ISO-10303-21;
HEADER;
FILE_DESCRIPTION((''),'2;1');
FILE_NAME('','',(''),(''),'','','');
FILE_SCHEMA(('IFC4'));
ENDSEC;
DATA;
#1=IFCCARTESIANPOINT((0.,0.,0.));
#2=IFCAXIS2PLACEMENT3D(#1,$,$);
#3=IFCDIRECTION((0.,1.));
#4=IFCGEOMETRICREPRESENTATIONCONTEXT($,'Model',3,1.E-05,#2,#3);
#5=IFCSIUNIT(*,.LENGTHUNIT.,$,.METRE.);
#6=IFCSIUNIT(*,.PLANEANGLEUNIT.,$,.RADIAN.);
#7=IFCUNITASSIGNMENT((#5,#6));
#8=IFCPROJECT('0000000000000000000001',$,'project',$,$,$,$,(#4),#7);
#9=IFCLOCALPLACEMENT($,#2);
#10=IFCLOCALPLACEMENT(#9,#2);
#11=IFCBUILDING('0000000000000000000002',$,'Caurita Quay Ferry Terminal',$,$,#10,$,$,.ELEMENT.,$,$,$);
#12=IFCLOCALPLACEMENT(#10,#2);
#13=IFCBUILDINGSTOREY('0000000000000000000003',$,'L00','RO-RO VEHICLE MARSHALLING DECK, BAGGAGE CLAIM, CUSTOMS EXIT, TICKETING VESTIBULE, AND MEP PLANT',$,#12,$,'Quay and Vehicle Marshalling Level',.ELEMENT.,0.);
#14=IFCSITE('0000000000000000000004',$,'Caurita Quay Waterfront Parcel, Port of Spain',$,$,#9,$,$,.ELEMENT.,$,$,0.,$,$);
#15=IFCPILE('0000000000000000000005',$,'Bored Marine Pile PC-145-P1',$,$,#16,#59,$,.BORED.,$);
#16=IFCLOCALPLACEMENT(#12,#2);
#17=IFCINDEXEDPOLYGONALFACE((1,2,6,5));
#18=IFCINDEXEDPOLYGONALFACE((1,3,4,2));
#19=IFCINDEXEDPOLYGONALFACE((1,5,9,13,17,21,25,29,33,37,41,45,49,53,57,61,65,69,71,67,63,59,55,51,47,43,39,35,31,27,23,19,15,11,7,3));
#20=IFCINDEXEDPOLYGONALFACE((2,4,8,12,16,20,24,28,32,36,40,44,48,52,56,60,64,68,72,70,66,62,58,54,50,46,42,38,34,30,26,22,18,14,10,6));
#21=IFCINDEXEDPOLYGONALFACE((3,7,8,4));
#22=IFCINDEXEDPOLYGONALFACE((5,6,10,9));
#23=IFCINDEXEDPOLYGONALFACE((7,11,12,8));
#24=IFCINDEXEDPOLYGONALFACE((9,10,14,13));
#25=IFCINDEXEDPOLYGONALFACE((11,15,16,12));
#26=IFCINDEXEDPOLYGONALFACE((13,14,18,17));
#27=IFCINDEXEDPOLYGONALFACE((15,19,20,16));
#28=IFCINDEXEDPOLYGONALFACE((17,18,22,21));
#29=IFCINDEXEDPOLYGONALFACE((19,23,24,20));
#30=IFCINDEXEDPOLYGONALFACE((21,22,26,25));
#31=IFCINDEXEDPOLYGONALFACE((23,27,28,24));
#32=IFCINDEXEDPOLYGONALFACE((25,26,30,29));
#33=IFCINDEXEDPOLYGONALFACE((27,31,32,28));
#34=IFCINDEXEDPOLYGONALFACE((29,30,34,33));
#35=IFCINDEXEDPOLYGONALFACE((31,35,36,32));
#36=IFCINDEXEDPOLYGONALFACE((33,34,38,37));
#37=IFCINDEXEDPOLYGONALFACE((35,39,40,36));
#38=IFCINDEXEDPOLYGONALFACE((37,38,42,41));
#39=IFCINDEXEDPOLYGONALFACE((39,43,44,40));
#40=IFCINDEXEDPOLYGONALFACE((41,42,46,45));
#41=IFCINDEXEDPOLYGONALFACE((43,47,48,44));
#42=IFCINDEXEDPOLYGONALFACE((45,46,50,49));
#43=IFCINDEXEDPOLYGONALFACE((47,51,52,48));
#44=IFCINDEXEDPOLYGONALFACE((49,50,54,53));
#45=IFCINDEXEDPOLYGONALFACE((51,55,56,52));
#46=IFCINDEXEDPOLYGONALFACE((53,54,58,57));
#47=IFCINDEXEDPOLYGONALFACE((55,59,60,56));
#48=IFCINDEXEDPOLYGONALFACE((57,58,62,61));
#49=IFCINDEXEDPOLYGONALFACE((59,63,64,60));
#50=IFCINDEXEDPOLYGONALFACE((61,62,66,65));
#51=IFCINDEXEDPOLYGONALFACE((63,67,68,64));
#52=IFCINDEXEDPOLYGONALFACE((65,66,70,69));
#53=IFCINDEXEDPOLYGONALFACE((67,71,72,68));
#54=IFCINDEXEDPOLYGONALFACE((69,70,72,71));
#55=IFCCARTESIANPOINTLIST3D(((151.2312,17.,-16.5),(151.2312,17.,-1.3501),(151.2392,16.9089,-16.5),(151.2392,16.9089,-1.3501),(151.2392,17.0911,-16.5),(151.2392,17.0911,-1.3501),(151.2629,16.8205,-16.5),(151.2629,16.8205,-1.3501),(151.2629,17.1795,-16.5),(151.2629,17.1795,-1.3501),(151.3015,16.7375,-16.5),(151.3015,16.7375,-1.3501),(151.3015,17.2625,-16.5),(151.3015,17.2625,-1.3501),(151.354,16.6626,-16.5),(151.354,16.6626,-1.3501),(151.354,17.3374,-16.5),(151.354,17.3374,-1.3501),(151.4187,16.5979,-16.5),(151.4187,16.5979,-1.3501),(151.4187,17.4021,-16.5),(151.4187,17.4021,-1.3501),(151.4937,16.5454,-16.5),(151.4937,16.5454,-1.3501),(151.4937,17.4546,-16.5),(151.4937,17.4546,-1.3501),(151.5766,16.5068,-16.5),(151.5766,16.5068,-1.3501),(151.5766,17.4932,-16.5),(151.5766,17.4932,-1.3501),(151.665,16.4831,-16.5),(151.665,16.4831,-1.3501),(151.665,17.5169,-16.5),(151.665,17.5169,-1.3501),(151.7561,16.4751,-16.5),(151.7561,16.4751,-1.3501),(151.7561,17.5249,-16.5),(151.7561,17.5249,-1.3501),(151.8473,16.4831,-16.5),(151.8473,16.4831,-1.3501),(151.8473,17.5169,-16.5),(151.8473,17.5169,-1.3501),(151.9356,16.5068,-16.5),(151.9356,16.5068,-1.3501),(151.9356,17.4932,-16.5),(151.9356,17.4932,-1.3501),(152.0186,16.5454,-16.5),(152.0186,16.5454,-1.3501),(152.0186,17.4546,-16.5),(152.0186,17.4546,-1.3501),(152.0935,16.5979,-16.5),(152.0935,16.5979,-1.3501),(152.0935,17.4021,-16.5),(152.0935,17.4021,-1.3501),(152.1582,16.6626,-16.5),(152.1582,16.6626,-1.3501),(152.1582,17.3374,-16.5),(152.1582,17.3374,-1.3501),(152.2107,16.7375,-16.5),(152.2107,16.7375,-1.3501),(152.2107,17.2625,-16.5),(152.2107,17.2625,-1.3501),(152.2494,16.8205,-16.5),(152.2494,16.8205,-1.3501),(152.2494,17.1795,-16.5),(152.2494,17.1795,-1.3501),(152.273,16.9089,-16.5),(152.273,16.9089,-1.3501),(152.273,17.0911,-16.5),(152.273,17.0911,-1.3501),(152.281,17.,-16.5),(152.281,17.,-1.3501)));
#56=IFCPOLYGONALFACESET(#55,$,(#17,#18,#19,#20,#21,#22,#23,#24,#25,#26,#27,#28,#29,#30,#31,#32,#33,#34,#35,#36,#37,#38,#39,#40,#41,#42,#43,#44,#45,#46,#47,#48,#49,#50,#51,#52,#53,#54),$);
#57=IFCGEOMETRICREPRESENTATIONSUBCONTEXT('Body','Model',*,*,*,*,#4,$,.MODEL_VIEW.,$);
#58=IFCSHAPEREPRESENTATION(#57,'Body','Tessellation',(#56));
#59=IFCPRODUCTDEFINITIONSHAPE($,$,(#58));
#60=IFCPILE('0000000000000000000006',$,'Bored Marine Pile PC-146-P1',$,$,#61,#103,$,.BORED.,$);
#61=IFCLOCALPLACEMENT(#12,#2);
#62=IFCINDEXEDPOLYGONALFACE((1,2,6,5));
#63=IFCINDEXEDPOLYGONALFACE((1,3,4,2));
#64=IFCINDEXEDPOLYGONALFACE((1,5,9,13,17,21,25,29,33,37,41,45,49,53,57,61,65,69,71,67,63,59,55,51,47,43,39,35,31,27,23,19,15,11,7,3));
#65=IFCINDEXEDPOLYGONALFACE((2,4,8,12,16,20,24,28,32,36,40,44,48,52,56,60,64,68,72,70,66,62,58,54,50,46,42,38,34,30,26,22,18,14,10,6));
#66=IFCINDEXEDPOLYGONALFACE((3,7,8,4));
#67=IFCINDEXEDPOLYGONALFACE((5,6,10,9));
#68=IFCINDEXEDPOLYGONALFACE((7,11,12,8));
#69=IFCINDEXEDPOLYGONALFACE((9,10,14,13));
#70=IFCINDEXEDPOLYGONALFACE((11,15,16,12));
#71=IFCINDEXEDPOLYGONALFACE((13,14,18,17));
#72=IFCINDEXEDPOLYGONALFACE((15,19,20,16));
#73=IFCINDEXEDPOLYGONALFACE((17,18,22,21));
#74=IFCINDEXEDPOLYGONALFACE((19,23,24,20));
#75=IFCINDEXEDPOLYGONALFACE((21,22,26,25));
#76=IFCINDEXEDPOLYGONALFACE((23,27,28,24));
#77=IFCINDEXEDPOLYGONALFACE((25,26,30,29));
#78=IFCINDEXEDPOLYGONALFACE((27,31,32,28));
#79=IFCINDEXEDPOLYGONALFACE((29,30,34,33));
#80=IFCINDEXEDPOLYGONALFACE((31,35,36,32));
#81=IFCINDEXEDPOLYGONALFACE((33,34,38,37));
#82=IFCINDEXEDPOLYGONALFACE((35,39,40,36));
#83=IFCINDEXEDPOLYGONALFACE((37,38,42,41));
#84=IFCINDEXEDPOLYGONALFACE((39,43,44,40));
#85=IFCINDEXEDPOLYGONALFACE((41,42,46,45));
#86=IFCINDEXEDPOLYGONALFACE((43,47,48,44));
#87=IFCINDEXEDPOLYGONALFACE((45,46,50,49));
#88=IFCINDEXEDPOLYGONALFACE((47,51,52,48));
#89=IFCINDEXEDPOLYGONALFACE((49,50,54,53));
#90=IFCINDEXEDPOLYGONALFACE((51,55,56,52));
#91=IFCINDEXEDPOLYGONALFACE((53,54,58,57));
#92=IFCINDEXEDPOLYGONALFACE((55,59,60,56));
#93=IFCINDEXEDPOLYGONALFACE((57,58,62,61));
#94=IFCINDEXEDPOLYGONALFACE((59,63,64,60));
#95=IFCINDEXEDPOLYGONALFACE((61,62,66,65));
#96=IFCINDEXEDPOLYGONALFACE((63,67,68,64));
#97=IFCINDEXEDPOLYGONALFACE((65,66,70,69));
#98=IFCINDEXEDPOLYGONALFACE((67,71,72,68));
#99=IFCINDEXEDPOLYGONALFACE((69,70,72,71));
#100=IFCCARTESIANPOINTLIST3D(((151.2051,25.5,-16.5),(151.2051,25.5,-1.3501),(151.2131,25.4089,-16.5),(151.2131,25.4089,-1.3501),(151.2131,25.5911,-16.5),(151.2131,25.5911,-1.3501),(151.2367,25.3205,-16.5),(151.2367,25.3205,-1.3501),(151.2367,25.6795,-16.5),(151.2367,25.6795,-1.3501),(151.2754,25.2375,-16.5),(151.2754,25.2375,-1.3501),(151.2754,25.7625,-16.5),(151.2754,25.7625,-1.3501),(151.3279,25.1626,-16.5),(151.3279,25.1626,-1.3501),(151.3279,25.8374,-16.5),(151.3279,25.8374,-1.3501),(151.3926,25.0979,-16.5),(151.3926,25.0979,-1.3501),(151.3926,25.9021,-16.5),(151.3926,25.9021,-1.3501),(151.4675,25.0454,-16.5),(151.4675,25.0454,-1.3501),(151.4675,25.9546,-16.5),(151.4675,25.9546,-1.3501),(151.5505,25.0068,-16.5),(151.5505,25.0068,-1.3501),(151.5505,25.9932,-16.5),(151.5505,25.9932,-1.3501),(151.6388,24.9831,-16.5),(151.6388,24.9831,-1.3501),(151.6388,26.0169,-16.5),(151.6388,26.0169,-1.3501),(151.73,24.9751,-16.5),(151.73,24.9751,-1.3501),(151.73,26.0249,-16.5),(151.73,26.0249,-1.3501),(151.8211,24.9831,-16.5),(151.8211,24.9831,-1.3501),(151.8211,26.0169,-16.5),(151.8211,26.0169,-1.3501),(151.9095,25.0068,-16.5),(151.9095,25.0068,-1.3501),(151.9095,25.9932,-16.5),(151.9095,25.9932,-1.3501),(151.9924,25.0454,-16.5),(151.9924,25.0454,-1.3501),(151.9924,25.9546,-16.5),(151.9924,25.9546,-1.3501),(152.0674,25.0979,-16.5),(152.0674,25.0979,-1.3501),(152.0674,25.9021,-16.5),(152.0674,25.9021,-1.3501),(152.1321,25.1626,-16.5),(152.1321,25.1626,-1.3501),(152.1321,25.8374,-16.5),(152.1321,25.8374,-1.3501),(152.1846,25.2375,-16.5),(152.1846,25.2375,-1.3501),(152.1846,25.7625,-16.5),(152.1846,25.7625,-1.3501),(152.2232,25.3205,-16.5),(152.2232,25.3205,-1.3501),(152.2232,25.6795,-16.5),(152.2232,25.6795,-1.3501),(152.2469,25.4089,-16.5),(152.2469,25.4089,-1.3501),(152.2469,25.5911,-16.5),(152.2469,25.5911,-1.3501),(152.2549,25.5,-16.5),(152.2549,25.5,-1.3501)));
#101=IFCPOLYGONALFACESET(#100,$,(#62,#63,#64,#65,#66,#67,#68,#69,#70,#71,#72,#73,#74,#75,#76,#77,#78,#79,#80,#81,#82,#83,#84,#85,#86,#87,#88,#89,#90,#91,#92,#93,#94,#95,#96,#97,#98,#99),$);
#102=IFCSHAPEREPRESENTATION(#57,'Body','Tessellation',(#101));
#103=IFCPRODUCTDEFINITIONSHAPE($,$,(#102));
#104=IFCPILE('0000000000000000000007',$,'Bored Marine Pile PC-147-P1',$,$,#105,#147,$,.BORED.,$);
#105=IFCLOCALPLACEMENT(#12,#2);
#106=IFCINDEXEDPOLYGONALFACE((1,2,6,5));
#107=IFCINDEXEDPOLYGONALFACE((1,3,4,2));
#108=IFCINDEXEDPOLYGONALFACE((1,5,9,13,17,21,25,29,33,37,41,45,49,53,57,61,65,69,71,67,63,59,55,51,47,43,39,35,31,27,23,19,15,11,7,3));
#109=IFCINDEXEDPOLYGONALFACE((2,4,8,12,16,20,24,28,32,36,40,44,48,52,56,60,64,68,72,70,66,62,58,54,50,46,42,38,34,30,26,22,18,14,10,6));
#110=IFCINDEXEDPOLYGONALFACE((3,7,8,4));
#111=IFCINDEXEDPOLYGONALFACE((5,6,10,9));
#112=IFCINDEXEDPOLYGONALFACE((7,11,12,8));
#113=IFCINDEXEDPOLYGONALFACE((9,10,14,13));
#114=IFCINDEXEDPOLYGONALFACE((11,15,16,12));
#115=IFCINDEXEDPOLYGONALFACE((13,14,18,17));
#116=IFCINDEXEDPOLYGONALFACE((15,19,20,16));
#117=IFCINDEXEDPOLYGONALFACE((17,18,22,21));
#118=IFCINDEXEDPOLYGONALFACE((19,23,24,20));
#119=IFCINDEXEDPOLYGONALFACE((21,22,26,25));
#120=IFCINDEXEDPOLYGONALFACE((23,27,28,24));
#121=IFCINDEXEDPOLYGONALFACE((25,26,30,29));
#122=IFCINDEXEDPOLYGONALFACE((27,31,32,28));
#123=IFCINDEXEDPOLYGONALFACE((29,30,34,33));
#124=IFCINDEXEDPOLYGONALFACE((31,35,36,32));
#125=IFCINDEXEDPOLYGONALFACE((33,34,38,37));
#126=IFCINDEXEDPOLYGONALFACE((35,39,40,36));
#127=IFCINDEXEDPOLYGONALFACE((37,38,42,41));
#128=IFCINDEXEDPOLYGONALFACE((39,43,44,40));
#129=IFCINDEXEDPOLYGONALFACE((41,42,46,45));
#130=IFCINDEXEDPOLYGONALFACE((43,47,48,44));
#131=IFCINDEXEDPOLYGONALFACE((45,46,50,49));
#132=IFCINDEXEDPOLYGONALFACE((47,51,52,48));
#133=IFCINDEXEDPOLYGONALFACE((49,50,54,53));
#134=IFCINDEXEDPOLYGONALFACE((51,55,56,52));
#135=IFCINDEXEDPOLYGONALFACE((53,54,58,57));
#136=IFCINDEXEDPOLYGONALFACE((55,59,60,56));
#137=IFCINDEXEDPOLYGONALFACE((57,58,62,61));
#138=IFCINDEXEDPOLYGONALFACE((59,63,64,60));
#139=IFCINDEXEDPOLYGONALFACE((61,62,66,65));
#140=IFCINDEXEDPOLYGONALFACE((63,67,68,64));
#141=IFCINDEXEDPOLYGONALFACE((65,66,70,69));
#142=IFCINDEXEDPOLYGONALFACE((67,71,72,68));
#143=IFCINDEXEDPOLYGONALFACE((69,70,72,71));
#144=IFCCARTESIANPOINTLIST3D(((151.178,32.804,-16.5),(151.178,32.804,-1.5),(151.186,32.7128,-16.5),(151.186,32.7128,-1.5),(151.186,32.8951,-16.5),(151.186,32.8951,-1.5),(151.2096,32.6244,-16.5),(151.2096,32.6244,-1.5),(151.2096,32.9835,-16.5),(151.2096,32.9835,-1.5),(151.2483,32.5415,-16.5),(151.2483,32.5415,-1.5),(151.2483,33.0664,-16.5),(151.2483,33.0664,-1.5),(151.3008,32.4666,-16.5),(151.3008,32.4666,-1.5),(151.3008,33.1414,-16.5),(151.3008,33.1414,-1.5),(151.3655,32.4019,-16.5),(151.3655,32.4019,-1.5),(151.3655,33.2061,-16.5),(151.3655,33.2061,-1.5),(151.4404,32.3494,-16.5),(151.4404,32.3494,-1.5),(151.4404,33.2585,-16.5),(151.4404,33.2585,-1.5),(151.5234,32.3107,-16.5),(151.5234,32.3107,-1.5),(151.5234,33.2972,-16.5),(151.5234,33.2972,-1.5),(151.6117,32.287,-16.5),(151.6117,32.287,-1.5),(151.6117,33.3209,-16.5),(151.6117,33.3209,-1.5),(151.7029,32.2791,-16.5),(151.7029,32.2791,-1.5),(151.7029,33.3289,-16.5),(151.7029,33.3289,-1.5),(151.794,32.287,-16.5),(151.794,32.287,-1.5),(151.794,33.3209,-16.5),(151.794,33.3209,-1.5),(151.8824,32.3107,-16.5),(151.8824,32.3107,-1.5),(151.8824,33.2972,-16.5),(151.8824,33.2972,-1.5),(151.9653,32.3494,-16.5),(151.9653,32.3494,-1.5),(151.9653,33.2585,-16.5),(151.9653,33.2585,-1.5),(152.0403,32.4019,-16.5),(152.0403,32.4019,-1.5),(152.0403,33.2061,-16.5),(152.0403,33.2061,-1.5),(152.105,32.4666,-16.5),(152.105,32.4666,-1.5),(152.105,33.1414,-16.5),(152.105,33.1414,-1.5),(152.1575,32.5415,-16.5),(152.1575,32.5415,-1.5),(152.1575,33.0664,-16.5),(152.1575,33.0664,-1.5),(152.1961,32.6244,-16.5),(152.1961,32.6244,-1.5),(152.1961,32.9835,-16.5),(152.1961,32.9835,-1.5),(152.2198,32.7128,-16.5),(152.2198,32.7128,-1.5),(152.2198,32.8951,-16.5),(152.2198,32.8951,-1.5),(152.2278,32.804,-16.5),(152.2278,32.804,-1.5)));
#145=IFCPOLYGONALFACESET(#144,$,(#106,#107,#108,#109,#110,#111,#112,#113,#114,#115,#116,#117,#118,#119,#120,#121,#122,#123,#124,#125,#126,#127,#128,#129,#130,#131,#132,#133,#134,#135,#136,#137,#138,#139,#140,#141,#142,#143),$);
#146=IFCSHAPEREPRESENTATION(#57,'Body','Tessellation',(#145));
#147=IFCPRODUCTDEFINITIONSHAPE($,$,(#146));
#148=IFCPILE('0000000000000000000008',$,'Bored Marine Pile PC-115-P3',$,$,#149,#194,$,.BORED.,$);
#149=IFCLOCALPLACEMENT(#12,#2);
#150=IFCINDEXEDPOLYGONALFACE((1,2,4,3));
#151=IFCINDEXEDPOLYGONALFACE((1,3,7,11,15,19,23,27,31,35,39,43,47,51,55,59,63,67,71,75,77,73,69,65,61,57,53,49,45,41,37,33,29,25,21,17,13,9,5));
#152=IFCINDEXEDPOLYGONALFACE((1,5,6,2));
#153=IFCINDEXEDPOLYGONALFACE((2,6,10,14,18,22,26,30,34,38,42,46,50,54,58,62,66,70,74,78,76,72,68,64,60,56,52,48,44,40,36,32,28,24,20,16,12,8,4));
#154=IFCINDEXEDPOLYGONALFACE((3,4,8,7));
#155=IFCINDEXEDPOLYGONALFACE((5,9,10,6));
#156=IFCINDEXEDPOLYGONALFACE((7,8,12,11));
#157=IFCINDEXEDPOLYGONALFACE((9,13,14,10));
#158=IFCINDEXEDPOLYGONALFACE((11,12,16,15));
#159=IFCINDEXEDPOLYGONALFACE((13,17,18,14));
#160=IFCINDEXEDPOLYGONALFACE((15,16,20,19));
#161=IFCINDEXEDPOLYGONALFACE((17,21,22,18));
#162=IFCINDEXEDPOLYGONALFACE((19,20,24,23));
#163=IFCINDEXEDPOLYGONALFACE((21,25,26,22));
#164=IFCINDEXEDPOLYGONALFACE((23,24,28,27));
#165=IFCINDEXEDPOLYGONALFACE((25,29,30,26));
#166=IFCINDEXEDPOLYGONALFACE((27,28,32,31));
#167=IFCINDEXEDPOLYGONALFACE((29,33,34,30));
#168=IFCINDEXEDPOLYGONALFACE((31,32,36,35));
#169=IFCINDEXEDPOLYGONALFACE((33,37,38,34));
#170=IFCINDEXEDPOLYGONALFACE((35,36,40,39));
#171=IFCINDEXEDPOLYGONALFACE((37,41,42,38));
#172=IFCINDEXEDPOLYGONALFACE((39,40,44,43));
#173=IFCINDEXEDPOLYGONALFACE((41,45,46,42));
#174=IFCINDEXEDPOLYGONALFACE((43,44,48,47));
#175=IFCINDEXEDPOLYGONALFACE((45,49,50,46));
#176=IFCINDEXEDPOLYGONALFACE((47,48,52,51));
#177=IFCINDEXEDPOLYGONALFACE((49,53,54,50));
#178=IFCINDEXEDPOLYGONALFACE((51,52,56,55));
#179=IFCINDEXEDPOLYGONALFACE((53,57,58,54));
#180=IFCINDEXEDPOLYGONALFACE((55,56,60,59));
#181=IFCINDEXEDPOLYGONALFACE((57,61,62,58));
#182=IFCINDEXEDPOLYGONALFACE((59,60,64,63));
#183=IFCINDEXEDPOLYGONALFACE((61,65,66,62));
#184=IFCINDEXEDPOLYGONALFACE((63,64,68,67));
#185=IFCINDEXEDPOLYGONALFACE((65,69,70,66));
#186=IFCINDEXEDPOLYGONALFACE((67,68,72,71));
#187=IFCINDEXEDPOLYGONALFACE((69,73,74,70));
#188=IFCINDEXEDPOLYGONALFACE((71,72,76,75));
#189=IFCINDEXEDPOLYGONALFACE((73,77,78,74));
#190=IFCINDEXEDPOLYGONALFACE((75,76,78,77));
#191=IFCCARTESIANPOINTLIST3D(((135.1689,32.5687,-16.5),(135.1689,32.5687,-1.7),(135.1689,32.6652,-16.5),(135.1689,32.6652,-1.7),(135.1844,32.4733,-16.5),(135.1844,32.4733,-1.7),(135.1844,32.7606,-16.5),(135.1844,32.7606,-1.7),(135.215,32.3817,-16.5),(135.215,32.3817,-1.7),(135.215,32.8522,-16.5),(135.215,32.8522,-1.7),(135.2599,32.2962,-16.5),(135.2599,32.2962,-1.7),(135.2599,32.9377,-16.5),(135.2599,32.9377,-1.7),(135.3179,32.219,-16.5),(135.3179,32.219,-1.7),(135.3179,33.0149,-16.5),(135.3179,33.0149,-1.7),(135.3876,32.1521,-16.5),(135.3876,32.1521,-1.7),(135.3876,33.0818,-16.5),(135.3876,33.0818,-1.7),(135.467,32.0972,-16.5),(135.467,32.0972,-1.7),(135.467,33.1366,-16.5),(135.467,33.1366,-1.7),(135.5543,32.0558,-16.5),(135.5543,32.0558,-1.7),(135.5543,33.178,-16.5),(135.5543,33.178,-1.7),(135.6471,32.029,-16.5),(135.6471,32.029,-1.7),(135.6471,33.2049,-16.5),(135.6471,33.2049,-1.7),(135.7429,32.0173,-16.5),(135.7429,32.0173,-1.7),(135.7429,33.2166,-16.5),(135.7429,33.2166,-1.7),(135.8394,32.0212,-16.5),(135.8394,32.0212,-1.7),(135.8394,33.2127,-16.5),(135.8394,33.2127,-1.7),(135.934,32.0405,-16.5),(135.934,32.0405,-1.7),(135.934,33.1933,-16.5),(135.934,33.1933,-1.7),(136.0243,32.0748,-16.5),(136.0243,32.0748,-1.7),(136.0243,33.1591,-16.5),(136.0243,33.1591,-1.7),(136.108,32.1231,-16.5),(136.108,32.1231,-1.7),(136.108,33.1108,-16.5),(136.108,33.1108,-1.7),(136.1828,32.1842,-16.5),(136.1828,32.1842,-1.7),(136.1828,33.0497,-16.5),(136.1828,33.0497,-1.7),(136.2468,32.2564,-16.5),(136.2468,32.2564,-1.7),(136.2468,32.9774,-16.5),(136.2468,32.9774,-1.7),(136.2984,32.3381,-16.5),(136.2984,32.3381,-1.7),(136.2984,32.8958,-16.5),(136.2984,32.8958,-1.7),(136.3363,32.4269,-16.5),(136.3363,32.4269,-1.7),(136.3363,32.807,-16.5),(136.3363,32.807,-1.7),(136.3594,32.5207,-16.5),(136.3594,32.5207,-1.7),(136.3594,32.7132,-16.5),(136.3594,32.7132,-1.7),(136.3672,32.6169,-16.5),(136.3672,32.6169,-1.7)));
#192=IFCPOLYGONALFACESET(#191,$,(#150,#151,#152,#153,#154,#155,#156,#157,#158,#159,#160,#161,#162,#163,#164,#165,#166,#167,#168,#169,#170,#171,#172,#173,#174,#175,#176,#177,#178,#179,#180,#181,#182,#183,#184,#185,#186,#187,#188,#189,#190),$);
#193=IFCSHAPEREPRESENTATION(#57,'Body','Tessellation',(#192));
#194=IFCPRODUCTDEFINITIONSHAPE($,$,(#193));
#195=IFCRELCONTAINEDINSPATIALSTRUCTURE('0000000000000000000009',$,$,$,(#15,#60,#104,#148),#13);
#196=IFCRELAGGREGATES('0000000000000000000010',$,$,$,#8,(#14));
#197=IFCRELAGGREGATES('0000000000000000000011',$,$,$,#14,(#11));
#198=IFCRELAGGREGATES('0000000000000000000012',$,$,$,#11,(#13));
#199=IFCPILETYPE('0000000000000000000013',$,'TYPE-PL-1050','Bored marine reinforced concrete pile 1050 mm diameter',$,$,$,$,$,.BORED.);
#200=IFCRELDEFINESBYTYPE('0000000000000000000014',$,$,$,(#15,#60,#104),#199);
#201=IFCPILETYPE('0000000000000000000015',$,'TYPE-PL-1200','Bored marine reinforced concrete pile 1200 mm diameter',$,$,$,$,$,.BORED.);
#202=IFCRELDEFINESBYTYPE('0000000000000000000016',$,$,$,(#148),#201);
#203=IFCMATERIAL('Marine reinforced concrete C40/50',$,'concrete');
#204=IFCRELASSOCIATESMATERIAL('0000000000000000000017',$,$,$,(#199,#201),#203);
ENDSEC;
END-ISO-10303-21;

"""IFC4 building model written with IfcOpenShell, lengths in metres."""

from ifc_helpers import new_model, si_unit, direction, frame, origin, origin_2d, place, context, subcontext, project, spatial, circle, extrude, material, material_profile, profile_set, type_object, element, save


model = new_model("IFC4")

# Units and contexts
model_context = context("Model", 3, precision=1e-05, world=origin(), true_north=direction((0.0, 1.0)))
body_context = subcontext(model_context, "Body", "Model", "MODEL_VIEW")
ifc_project = project(units=[si_unit("LENGTHUNIT", "METRE"), si_unit("PLANEANGLEUNIT", "RADIAN")], contexts=[model_context])

# Site, building, storey
site_placement = place(None, origin())
site = spatial("IfcSite", under=ifc_project, at=site_placement, Name="Caurita Quay Waterfront Parcel, Port of Spain", CompositionType="ELEMENT", RefElevation=0.0)
building_placement = place(site_placement, origin())
building = spatial("IfcBuilding", under=site, at=building_placement, Name="Caurita Quay Ferry Terminal", CompositionType="ELEMENT")
storey_placement = place(building_placement, origin())
storey = spatial("IfcBuildingStorey", under=building, at=storey_placement, Name="L00", Description="RO-RO VEHICLE MARSHALLING DECK, BAGGAGE CLAIM, CUSTOMS EXIT, TICKETING VESTIBULE, AND MEP PLANT", LongName="Quay and Vehicle Marshalling Level", CompositionType="ELEMENT", Elevation=0.0)

# Piles
ifc_material_1 = material(Name="Marine reinforced concrete C40/50", Category="concrete")
ifc_material_profile_1 = material_profile(ifc_material_1, circle(Radius=0.5249, at=origin_2d()), Name="PILE-D1050")
ifc_profile_set_1 = profile_set([ifc_material_profile_1], Name="Marine reinforced concrete C40/50")
pile_type_1 = type_object("IfcPileType", Name="TYPE-PL-1050", Description="Bored marine reinforced concrete pile 1050 mm diameter", PredefinedType="BORED", material=ifc_profile_set_1)
for number, where, z_axis, x_axis, name in (
    (1, (151.7561, 17.0, -1.3501), (0.0, 0.0, -1.0), (1.0, 0.0, 0.0), "Bored Marine Pile PC-145-P1"),
    (2, (151.73, 25.5, -1.3501), (0.0, 0.0, -1.0), (1.0, 0.0, 0.0), "Bored Marine Pile PC-146-P1"),
):
    element("IfcPile", number, at=place(storey_placement, frame(where, z_axis=z_axis, x_axis=x_axis)), inside=storey, type_object=pile_type_1, Name=name, PredefinedType="BORED", context=body_context, shape_type="SweptSolid", body=[
        extrude(circle(Radius=0.5249, at=origin_2d()), origin(), (0.0, 0.0, 1.0), 15.1499),
    ])
pile_1_placement = place(storey_placement, frame((151.7029, 32.804, -1.5), z_axis=(0.0, 0.0, -1.0), x_axis=(1.0, 0.0, 0.0)))
element("IfcPile", 3, at=pile_1_placement, inside=storey, type_object=pile_type_1, Name="Bored Marine Pile PC-147-P1", PredefinedType="BORED", context=body_context, shape_type="SweptSolid", body=[
    extrude(circle(Radius=0.5249, at=origin_2d()), origin(), (0.0, 0.0, 1.0), 15.0),
])
ifc_material_profile_2 = material_profile(ifc_material_1, circle(Radius=0.6001, at=origin_2d()), Name="PILE-D1200")
ifc_profile_set_2 = profile_set([ifc_material_profile_2], Name="Marine reinforced concrete C40/50")
pile_type_2 = type_object("IfcPileType", Name="TYPE-PL-1200", Description="Bored marine reinforced concrete pile 1200 mm diameter", PredefinedType="BORED", material=ifc_profile_set_2)
pile_2_placement = place(storey_placement, frame((135.7671, 32.6169, -1.7), z_axis=(0.0, 0.0, -1.0), x_axis=(1.0, 0.0, 0.0)))
element("IfcPile", 4, at=pile_2_placement, inside=storey, type_object=pile_type_2, Name="Bored Marine Pile PC-115-P3", PredefinedType="BORED", context=body_context, shape_type="SweptSolid", body=[
    extrude(circle(Radius=0.6001, at=origin_2d()), origin(), (0.0, 0.0, 1.0), 14.8),
])

save(model, "model.ifc")
